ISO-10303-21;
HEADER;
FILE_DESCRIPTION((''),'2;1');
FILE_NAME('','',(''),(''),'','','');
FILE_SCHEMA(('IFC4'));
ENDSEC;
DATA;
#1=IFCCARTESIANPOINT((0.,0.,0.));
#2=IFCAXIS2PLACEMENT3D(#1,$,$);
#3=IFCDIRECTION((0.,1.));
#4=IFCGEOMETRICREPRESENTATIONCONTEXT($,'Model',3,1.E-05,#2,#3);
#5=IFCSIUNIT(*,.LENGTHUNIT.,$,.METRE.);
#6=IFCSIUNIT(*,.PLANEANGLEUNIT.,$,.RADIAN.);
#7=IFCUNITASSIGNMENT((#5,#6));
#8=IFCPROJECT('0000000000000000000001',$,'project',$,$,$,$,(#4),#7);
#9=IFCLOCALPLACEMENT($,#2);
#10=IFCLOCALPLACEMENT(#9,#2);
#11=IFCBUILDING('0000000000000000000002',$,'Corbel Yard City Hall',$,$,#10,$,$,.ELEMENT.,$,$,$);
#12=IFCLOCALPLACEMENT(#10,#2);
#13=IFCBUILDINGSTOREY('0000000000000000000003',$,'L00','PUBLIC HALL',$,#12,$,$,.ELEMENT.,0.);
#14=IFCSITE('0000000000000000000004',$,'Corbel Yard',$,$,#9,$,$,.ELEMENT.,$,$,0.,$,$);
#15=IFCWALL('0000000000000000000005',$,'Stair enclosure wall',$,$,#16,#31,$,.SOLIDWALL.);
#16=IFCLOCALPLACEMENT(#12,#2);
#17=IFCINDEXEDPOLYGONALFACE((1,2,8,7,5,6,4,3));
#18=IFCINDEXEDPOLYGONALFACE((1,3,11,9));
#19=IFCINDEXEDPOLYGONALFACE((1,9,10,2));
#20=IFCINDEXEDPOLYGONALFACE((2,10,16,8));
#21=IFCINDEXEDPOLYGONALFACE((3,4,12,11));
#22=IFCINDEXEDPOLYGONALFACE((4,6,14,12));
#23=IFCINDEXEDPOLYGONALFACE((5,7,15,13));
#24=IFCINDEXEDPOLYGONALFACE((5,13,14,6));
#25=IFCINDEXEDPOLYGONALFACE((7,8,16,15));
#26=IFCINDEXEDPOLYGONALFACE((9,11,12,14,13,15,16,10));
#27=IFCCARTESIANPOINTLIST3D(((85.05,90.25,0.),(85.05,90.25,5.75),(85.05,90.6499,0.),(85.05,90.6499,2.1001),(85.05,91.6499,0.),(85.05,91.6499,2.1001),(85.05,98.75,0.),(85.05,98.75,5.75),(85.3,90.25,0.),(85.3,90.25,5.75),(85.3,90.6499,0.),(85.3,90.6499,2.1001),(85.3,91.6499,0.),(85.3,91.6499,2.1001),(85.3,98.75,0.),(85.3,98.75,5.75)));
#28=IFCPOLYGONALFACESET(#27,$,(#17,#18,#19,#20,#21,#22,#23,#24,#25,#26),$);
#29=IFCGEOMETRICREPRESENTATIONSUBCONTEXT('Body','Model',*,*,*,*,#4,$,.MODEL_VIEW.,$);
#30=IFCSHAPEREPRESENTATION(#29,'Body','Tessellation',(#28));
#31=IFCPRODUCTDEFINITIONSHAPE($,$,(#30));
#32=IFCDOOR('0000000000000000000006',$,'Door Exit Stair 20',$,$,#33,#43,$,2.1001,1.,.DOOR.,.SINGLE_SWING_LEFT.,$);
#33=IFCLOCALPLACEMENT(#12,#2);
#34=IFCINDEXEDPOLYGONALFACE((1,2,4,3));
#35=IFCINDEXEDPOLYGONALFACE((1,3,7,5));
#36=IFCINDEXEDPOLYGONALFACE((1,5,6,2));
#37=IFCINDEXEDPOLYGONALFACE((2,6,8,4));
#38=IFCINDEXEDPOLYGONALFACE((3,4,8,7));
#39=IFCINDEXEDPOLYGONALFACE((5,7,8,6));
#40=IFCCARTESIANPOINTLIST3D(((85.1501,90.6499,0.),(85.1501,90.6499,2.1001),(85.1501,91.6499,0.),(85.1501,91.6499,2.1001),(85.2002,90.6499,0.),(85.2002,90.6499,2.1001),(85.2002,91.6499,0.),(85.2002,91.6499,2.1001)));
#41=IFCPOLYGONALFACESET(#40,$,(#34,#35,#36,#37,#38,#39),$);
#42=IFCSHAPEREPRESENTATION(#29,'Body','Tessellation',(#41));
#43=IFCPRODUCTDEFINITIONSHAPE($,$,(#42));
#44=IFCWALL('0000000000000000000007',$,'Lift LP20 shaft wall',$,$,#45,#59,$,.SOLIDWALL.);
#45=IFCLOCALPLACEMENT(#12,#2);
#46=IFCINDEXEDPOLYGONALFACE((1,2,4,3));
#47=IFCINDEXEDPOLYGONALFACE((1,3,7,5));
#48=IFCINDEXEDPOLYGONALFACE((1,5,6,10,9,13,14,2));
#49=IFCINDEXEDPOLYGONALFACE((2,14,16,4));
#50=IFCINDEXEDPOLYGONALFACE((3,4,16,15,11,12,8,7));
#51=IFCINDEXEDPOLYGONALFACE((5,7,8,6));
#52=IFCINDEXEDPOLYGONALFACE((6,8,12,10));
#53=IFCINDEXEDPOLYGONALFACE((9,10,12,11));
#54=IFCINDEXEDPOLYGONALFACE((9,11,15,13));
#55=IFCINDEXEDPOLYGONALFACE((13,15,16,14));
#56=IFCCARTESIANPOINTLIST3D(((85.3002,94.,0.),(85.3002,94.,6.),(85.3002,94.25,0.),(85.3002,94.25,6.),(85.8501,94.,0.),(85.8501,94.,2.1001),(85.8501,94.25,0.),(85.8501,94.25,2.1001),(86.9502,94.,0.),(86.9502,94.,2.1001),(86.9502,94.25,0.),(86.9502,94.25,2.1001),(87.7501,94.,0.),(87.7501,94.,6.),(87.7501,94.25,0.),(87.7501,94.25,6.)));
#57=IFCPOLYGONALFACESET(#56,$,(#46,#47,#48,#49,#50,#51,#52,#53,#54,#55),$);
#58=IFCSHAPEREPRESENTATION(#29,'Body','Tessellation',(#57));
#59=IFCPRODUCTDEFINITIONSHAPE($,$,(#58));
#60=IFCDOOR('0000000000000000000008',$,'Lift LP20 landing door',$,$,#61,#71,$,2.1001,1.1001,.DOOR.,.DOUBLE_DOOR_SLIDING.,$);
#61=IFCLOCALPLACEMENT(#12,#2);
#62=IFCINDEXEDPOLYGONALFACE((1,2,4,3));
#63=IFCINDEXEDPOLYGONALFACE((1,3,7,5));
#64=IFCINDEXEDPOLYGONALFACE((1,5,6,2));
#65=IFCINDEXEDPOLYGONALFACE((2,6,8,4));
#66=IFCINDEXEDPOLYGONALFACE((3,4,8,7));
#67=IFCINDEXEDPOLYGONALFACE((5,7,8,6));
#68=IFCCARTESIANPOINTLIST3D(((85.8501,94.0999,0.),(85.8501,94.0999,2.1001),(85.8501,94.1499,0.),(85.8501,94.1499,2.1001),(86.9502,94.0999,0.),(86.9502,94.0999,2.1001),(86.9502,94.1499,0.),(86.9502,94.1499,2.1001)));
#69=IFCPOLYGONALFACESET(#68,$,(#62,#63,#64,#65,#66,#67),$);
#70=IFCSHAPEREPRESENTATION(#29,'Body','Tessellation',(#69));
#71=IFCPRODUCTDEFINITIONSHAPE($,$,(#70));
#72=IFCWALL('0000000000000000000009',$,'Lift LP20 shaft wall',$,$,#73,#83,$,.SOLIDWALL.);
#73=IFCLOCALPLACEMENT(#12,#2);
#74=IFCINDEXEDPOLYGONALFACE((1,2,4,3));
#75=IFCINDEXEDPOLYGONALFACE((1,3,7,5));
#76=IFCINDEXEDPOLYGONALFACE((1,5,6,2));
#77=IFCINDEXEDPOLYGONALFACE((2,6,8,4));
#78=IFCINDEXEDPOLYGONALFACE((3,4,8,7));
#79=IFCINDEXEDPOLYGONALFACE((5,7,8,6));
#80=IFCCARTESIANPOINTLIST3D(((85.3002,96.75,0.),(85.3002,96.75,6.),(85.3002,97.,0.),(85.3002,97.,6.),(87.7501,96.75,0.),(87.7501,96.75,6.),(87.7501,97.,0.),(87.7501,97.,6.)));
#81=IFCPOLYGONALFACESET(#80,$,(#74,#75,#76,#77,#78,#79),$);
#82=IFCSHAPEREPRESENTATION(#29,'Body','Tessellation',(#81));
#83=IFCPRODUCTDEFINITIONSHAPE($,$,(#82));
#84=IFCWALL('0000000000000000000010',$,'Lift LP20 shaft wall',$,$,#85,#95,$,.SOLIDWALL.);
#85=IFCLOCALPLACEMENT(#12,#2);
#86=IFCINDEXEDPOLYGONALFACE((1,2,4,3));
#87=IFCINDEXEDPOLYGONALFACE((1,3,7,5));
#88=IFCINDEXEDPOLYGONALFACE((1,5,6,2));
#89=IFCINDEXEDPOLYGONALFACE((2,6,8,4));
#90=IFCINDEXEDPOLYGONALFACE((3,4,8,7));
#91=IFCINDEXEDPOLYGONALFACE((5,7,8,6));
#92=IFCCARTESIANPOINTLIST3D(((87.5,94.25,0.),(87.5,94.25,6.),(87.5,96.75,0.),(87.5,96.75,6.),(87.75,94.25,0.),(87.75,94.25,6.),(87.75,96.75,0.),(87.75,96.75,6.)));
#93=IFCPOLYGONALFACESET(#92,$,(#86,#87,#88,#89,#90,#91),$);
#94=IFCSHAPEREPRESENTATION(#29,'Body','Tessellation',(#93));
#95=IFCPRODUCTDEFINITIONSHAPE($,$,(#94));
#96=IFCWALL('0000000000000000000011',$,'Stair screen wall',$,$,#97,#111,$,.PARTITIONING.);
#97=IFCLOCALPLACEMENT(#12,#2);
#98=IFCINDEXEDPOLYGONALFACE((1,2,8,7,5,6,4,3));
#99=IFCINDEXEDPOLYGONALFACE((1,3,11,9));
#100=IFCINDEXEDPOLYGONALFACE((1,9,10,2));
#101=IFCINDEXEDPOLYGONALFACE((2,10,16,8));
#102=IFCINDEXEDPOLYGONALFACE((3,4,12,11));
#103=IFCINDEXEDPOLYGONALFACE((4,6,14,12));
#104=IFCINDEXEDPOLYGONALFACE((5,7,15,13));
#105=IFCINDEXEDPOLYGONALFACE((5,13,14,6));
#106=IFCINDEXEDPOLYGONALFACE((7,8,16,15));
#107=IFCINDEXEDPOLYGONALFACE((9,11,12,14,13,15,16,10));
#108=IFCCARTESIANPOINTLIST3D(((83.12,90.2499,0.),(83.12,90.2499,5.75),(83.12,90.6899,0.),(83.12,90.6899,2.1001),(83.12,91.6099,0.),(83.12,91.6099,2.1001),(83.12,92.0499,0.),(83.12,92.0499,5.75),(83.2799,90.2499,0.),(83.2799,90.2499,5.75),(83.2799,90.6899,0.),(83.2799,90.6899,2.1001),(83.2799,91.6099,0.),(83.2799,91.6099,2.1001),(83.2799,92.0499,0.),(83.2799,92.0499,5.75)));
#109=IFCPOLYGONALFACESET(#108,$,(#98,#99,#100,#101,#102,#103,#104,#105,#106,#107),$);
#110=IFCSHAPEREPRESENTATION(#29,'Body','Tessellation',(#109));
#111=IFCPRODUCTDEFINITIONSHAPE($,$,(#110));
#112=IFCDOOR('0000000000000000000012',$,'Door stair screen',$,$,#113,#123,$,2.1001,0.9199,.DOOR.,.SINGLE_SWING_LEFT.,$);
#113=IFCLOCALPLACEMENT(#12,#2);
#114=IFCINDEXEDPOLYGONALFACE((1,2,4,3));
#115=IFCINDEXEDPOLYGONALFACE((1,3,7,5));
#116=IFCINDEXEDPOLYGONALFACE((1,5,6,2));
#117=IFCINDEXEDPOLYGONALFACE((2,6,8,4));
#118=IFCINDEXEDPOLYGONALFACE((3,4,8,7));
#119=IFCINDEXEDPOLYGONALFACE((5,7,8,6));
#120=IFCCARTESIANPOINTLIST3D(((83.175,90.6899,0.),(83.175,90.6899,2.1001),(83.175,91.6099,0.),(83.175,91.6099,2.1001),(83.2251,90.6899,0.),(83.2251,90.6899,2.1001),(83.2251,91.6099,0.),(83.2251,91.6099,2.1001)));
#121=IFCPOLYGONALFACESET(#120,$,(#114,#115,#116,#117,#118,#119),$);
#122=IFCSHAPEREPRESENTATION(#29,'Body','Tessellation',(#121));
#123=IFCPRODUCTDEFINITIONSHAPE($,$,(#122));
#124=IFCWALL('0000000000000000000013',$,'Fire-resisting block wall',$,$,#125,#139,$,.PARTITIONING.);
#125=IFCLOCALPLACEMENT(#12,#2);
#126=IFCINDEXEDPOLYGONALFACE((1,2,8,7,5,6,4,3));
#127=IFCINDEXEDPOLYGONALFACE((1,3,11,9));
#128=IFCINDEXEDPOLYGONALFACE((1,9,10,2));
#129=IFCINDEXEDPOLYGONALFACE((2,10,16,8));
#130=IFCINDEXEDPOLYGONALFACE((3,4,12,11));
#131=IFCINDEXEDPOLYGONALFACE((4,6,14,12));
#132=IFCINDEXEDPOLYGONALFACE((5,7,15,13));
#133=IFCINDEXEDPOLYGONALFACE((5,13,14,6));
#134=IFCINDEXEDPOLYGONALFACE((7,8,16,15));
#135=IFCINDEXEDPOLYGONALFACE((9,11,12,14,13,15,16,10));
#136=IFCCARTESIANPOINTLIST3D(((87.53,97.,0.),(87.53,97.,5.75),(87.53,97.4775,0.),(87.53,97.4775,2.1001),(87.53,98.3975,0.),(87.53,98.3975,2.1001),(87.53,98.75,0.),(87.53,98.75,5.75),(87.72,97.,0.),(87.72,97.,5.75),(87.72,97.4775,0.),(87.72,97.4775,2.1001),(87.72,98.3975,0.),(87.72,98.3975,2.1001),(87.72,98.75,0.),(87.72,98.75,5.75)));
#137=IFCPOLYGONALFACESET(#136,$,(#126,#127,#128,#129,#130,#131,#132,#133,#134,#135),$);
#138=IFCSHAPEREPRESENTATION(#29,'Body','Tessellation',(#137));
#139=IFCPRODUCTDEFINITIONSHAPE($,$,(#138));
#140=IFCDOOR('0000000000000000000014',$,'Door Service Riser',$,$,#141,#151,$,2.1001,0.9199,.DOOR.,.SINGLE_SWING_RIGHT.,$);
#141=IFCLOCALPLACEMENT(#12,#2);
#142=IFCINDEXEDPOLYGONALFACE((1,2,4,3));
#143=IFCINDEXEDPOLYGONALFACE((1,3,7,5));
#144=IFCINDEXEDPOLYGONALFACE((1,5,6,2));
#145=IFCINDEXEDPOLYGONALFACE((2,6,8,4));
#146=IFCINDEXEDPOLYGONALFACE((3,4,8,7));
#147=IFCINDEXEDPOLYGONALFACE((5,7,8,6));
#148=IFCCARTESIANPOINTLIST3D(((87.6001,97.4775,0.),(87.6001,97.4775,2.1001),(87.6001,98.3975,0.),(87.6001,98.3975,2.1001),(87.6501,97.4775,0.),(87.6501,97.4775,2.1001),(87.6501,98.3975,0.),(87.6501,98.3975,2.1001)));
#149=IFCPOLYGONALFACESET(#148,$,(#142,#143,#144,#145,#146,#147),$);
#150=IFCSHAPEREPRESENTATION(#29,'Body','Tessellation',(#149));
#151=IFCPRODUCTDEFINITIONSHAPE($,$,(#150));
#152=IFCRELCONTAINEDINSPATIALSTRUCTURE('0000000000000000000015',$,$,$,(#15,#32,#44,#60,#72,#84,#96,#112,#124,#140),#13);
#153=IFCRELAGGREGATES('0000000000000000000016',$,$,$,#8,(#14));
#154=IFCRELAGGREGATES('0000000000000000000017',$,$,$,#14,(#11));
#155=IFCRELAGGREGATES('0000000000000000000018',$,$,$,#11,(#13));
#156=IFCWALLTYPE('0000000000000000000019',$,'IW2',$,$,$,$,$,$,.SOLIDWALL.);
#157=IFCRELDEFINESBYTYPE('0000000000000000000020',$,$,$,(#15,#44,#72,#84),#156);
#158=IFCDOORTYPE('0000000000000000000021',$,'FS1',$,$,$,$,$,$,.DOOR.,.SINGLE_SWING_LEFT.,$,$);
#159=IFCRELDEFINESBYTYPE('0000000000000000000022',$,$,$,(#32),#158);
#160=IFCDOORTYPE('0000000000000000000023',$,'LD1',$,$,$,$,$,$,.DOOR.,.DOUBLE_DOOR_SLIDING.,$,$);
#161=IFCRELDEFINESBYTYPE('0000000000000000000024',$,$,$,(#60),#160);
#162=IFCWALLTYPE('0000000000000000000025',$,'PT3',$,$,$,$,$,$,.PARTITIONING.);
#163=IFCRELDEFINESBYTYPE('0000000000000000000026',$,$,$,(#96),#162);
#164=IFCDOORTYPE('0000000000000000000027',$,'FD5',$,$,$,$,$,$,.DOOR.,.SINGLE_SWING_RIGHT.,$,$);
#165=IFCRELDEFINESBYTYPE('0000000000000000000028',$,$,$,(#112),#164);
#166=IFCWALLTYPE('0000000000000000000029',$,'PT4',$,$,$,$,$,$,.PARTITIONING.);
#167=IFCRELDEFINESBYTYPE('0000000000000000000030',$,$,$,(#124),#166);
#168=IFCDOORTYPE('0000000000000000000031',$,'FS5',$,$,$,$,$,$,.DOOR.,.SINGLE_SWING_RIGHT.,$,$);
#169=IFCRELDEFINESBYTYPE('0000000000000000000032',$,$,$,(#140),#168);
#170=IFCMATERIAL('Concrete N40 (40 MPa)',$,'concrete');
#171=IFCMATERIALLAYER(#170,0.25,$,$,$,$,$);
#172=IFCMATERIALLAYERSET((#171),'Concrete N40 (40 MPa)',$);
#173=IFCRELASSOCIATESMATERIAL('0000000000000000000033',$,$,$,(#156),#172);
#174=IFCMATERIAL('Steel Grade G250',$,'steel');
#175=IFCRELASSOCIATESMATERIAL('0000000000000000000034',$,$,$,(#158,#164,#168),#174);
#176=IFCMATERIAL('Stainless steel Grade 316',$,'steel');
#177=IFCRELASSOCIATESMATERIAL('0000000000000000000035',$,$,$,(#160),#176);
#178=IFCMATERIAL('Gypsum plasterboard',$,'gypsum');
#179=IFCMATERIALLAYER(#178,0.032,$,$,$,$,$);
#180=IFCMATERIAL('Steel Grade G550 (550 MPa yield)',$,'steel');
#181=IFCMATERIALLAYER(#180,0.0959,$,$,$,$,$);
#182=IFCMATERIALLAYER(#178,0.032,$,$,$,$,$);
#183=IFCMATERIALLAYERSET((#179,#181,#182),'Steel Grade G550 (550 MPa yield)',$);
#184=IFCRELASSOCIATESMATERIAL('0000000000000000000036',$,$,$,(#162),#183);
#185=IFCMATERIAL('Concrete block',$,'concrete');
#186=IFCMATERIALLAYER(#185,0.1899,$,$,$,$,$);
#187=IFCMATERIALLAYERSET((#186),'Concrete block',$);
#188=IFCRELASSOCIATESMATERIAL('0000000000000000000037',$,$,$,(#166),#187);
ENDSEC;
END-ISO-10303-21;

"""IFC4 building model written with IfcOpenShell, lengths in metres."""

from ifc_helpers import new_model, si_unit, direction, frame, frame_2d, origin, place, context, subcontext, project, spatial, rectangle, extrude, material, layer, layer_set, type_object, element, fill, save


model = new_model("IFC4")

# Units and contexts
model_context = context("Model", 3, precision=1e-05, world=origin(), true_north=direction((0.0, 1.0)))
body_context = subcontext(model_context, "Body", "Model", "MODEL_VIEW")
ifc_project = project(units=[si_unit("LENGTHUNIT", "METRE"), si_unit("PLANEANGLEUNIT", "RADIAN")], contexts=[model_context])

# Site, building, storey
site_placement = place(None, origin())
site = spatial("IfcSite", under=ifc_project, at=site_placement, Name="Corbel Yard", CompositionType="ELEMENT", RefElevation=0.0)
building_placement = place(site_placement, origin())
building = spatial("IfcBuilding", under=site, at=building_placement, Name="Corbel Yard City Hall", CompositionType="ELEMENT")
storey_placement = place(building_placement, origin())
storey = spatial("IfcBuildingStorey", under=building, at=storey_placement, Name="L00", Description="PUBLIC HALL", CompositionType="ELEMENT", Elevation=0.0)

# Walls, openings, doors
ifc_material_1 = material(Name="Concrete N40 (40 MPa)", Category="concrete")
ifc_layer_1 = layer(ifc_material_1, 0.25)
ifc_layer_set_1 = layer_set([ifc_layer_1], Name="Concrete N40 (40 MPa)")
wall_type_1 = type_object("IfcWallType", Name="IW2", PredefinedType="SOLIDWALL", material=ifc_layer_set_1)
wall_1_placement = place(storey_placement, frame((85.175, 90.25, 0.0), z_axis=(0.0, 0.0, 1.0), x_axis=(0.0, 1.0, 0.0)))
wall_1 = element("IfcWall", 1, at=wall_1_placement, inside=storey, type_object=wall_type_1, Name="Stair enclosure wall", PredefinedType="SOLIDWALL", context=body_context, shape_type="SweptSolid", body=[
    extrude(rectangle(XDim=8.5, YDim=0.25, at=frame_2d((4.25, 0.0))), origin(), (0.0, 0.0, 1.0), 5.75),
])
opening_1_placement = place(wall_1_placement, frame((0.3999, 0.0, 0.0)))
opening_1 = element("IfcOpeningElement", 2, at=opening_1_placement, cuts=wall_1, PredefinedType="OPENING", context=body_context, shape_type="SweptSolid", body=[
    extrude(rectangle(XDim=1.0, YDim=2.1001, at=frame_2d((0.5, 1.05))), frame((0.0, 0.135, 0.0), z_axis=(0.0, -1.0, 0.0), x_axis=(1.0, 0.0, 0.0)), (0.0, 0.0, 1.0), 0.27),
])
ifc_material_2 = material(Name="Steel Grade G250", Category="steel")
door_type_1 = type_object("IfcDoorType", Name="FS1", OperationType="SINGLE_SWING_LEFT", PredefinedType="DOOR", material=ifc_material_2)
door_1_placement = place(opening_1_placement, origin())
door_1 = element("IfcDoor", 3, at=door_1_placement, inside=storey, type_object=door_type_1, Name="Door Exit Stair 20", OperationType="SINGLE_SWING_LEFT", OverallHeight=2.1001, OverallWidth=1.0, PredefinedType="DOOR", context=body_context, shape_type="SweptSolid", body=[
    extrude(rectangle(XDim=1.0, YDim=2.1001, at=frame_2d((0.5, 1.05))), frame((0.0, 0.0249, 0.0), z_axis=(0.0, -1.0, 0.0), x_axis=(1.0, 0.0, 0.0)), (0.0, 0.0, 1.0), 0.05),
])
fill(opening_1, door_1)
wall_2_placement = place(storey_placement, frame((85.3, 94.125, 0.0), z_axis=(0.0, 0.0, 1.0), x_axis=(1.0, 0.0, 0.0)))
wall_2 = element("IfcWall", 4, at=wall_2_placement, inside=storey, type_object=wall_type_1, Name="Lift LP20 shaft wall", PredefinedType="SOLIDWALL", context=body_context, shape_type="SweptSolid", body=[
    extrude(rectangle(XDim=2.45, YDim=0.25, at=frame_2d((1.2251, 0.0))), origin(), (0.0, 0.0, 1.0), 6.0),
])
opening_2_placement = place(wall_2_placement, frame((0.55, 0.0, 0.0)))
opening_2 = element("IfcOpeningElement", 5, at=opening_2_placement, cuts=wall_2, PredefinedType="OPENING", context=body_context, shape_type="SweptSolid", body=[
    extrude(rectangle(XDim=1.1001, YDim=2.1001, at=frame_2d((0.55, 1.05))), frame((0.0, 0.135, 0.0), z_axis=(0.0, -1.0, 0.0), x_axis=(1.0, 0.0, 0.0)), (0.0, 0.0, 1.0), 0.27),
])
ifc_material_3 = material(Name="Stainless steel Grade 316", Category="steel")
door_type_2 = type_object("IfcDoorType", Name="LD1", OperationType="DOUBLE_DOOR_SLIDING", PredefinedType="DOOR", material=ifc_material_3)
door_2_placement = place(opening_2_placement, origin())
door_2 = element("IfcDoor", 6, at=door_2_placement, inside=storey, type_object=door_type_2, Name="Lift LP20 landing door", OperationType="DOUBLE_DOOR_SLIDING", OverallHeight=2.1001, OverallWidth=1.1001, PredefinedType="DOOR", context=body_context, shape_type="SweptSolid", body=[
    extrude(rectangle(XDim=1.1001, YDim=2.1001, at=frame_2d((0.55, 1.05))), frame((0.0, 0.0249, 0.0), z_axis=(0.0, -1.0, 0.0), x_axis=(1.0, 0.0, 0.0)), (0.0, 0.0, 1.0), 0.05),
])
fill(opening_2, door_2)

# Walls
wall_3_placement = place(storey_placement, frame((85.3, 96.875, 0.0), z_axis=(0.0, 0.0, 1.0), x_axis=(1.0, 0.0, 0.0)))
element("IfcWall", 7, at=wall_3_placement, inside=storey, type_object=wall_type_1, Name="Lift LP20 shaft wall", PredefinedType="SOLIDWALL", context=body_context, shape_type="SweptSolid", body=[
    extrude(rectangle(XDim=2.45, YDim=0.25, at=frame_2d((1.2251, 0.0))), origin(), (0.0, 0.0, 1.0), 6.0),
])
wall_4_placement = place(storey_placement, frame((87.625, 94.25, 0.0), z_axis=(0.0, 0.0, 1.0), x_axis=(0.0, 1.0, 0.0)))
element("IfcWall", 8, at=wall_4_placement, inside=storey, type_object=wall_type_1, Name="Lift LP20 shaft wall", PredefinedType="SOLIDWALL", context=body_context, shape_type="SweptSolid", body=[
    extrude(rectangle(XDim=2.5, YDim=0.25, at=frame_2d((1.25, 0.0))), origin(), (0.0, 0.0, 1.0), 6.0),
])

# Walls, openings, doors
ifc_material_4 = material(Name="Gypsum plasterboard", Category="gypsum")
ifc_layer_2 = layer(ifc_material_4, 0.032)
ifc_material_5 = material(Name="Steel Grade G550 (550 MPa yield)", Category="steel")
ifc_layer_3 = layer(ifc_material_5, 0.0959)
ifc_layer_4 = layer(ifc_material_4, 0.032)
ifc_layer_set_2 = layer_set([ifc_layer_2, ifc_layer_3, ifc_layer_4], Name="Steel Grade G550 (550 MPa yield)")
wall_type_2 = type_object("IfcWallType", Name="PT3", PredefinedType="PARTITIONING", material=ifc_layer_set_2)
wall_5_placement = place(storey_placement, frame((83.2, 90.25, 0.0), z_axis=(0.0, 0.0, 1.0), x_axis=(0.0, 1.0, 0.0)))
wall_5 = element("IfcWall", 9, at=wall_5_placement, inside=storey, type_object=wall_type_2, Name="Stair screen wall", PredefinedType="PARTITIONING", context=body_context, shape_type="SweptSolid", body=[
    extrude(rectangle(XDim=1.8, YDim=0.1599, at=frame_2d((0.8999, 0.0))), origin(), (0.0, 0.0, 1.0), 5.75),
])
opening_3_placement = place(wall_5_placement, frame((0.4399, 0.0, 0.0)))
opening_3 = element("IfcOpeningElement", 10, at=opening_3_placement, cuts=wall_5, PredefinedType="OPENING", context=body_context, shape_type="SweptSolid", body=[
    extrude(rectangle(XDim=0.9199, YDim=2.1001, at=frame_2d((0.46, 1.05))), frame((0.0, 0.0898, 0.0), z_axis=(0.0, -1.0, 0.0), x_axis=(1.0, 0.0, 0.0)), (0.0, 0.0, 1.0), 0.1799),
])
door_type_3 = type_object("IfcDoorType", Name="FD5", OperationType="SINGLE_SWING_RIGHT", PredefinedType="DOOR", material=ifc_material_2)
door_3_placement = place(opening_3_placement, origin())
door_3 = element("IfcDoor", 11, at=door_3_placement, inside=storey, type_object=door_type_3, Name="Door stair screen", OperationType="SINGLE_SWING_LEFT", OverallHeight=2.1001, OverallWidth=0.9199, PredefinedType="DOOR", context=body_context, shape_type="SweptSolid", body=[
    extrude(rectangle(XDim=0.9199, YDim=2.1001, at=frame_2d((0.46, 1.05))), frame((0.0, 0.0249, 0.0), z_axis=(0.0, -1.0, 0.0), x_axis=(1.0, 0.0, 0.0)), (0.0, 0.0, 1.0), 0.05),
])
fill(opening_3, door_3)
ifc_material_6 = material(Name="Concrete block", Category="concrete")
ifc_layer_5 = layer(ifc_material_6, 0.1899)
ifc_layer_set_3 = layer_set([ifc_layer_5], Name="Concrete block")
wall_type_3 = type_object("IfcWallType", Name="PT4", PredefinedType="PARTITIONING", material=ifc_layer_set_3)
wall_6_placement = place(storey_placement, frame((87.625, 97.0, 0.0), z_axis=(0.0, 0.0, 1.0), x_axis=(0.0, 1.0, 0.0)))
wall_6 = element("IfcWall", 12, at=wall_6_placement, inside=storey, type_object=wall_type_3, Name="Fire-resisting block wall", PredefinedType="PARTITIONING", context=body_context, shape_type="SweptSolid", body=[
    extrude(rectangle(XDim=1.75, YDim=0.1899, at=frame_2d((0.875, 0.0))), origin(), (0.0, 0.0, 1.0), 5.75),
])
opening_4_placement = place(wall_6_placement, frame((0.4775, 0.0, 0.0)))
opening_4 = element("IfcOpeningElement", 13, at=opening_4_placement, cuts=wall_6, PredefinedType="OPENING", context=body_context, shape_type="SweptSolid", body=[
    extrude(rectangle(XDim=0.9199, YDim=2.1001, at=frame_2d((0.46, 1.05))), frame((0.0, 0.105, 0.0), z_axis=(0.0, -1.0, 0.0), x_axis=(1.0, 0.0, 0.0)), (0.0, 0.0, 1.0), 0.21),
])
door_type_4 = type_object("IfcDoorType", Name="FS5", OperationType="SINGLE_SWING_RIGHT", PredefinedType="DOOR", material=ifc_material_2)
door_4_placement = place(opening_4_placement, origin())
door_4 = element("IfcDoor", 14, at=door_4_placement, inside=storey, type_object=door_type_4, Name="Door Service Riser", OperationType="SINGLE_SWING_RIGHT", OverallHeight=2.1001, OverallWidth=0.9199, PredefinedType="DOOR", context=body_context, shape_type="SweptSolid", body=[
    extrude(rectangle(XDim=0.9199, YDim=2.1001, at=frame_2d((0.46, 1.05))), frame((0.0, 0.0249, 0.0), z_axis=(0.0, -1.0, 0.0), x_axis=(1.0, 0.0, 0.0)), (0.0, 0.0, 1.0), 0.05),
])
fill(opening_4, door_4)

save(model, "model.ifc")
